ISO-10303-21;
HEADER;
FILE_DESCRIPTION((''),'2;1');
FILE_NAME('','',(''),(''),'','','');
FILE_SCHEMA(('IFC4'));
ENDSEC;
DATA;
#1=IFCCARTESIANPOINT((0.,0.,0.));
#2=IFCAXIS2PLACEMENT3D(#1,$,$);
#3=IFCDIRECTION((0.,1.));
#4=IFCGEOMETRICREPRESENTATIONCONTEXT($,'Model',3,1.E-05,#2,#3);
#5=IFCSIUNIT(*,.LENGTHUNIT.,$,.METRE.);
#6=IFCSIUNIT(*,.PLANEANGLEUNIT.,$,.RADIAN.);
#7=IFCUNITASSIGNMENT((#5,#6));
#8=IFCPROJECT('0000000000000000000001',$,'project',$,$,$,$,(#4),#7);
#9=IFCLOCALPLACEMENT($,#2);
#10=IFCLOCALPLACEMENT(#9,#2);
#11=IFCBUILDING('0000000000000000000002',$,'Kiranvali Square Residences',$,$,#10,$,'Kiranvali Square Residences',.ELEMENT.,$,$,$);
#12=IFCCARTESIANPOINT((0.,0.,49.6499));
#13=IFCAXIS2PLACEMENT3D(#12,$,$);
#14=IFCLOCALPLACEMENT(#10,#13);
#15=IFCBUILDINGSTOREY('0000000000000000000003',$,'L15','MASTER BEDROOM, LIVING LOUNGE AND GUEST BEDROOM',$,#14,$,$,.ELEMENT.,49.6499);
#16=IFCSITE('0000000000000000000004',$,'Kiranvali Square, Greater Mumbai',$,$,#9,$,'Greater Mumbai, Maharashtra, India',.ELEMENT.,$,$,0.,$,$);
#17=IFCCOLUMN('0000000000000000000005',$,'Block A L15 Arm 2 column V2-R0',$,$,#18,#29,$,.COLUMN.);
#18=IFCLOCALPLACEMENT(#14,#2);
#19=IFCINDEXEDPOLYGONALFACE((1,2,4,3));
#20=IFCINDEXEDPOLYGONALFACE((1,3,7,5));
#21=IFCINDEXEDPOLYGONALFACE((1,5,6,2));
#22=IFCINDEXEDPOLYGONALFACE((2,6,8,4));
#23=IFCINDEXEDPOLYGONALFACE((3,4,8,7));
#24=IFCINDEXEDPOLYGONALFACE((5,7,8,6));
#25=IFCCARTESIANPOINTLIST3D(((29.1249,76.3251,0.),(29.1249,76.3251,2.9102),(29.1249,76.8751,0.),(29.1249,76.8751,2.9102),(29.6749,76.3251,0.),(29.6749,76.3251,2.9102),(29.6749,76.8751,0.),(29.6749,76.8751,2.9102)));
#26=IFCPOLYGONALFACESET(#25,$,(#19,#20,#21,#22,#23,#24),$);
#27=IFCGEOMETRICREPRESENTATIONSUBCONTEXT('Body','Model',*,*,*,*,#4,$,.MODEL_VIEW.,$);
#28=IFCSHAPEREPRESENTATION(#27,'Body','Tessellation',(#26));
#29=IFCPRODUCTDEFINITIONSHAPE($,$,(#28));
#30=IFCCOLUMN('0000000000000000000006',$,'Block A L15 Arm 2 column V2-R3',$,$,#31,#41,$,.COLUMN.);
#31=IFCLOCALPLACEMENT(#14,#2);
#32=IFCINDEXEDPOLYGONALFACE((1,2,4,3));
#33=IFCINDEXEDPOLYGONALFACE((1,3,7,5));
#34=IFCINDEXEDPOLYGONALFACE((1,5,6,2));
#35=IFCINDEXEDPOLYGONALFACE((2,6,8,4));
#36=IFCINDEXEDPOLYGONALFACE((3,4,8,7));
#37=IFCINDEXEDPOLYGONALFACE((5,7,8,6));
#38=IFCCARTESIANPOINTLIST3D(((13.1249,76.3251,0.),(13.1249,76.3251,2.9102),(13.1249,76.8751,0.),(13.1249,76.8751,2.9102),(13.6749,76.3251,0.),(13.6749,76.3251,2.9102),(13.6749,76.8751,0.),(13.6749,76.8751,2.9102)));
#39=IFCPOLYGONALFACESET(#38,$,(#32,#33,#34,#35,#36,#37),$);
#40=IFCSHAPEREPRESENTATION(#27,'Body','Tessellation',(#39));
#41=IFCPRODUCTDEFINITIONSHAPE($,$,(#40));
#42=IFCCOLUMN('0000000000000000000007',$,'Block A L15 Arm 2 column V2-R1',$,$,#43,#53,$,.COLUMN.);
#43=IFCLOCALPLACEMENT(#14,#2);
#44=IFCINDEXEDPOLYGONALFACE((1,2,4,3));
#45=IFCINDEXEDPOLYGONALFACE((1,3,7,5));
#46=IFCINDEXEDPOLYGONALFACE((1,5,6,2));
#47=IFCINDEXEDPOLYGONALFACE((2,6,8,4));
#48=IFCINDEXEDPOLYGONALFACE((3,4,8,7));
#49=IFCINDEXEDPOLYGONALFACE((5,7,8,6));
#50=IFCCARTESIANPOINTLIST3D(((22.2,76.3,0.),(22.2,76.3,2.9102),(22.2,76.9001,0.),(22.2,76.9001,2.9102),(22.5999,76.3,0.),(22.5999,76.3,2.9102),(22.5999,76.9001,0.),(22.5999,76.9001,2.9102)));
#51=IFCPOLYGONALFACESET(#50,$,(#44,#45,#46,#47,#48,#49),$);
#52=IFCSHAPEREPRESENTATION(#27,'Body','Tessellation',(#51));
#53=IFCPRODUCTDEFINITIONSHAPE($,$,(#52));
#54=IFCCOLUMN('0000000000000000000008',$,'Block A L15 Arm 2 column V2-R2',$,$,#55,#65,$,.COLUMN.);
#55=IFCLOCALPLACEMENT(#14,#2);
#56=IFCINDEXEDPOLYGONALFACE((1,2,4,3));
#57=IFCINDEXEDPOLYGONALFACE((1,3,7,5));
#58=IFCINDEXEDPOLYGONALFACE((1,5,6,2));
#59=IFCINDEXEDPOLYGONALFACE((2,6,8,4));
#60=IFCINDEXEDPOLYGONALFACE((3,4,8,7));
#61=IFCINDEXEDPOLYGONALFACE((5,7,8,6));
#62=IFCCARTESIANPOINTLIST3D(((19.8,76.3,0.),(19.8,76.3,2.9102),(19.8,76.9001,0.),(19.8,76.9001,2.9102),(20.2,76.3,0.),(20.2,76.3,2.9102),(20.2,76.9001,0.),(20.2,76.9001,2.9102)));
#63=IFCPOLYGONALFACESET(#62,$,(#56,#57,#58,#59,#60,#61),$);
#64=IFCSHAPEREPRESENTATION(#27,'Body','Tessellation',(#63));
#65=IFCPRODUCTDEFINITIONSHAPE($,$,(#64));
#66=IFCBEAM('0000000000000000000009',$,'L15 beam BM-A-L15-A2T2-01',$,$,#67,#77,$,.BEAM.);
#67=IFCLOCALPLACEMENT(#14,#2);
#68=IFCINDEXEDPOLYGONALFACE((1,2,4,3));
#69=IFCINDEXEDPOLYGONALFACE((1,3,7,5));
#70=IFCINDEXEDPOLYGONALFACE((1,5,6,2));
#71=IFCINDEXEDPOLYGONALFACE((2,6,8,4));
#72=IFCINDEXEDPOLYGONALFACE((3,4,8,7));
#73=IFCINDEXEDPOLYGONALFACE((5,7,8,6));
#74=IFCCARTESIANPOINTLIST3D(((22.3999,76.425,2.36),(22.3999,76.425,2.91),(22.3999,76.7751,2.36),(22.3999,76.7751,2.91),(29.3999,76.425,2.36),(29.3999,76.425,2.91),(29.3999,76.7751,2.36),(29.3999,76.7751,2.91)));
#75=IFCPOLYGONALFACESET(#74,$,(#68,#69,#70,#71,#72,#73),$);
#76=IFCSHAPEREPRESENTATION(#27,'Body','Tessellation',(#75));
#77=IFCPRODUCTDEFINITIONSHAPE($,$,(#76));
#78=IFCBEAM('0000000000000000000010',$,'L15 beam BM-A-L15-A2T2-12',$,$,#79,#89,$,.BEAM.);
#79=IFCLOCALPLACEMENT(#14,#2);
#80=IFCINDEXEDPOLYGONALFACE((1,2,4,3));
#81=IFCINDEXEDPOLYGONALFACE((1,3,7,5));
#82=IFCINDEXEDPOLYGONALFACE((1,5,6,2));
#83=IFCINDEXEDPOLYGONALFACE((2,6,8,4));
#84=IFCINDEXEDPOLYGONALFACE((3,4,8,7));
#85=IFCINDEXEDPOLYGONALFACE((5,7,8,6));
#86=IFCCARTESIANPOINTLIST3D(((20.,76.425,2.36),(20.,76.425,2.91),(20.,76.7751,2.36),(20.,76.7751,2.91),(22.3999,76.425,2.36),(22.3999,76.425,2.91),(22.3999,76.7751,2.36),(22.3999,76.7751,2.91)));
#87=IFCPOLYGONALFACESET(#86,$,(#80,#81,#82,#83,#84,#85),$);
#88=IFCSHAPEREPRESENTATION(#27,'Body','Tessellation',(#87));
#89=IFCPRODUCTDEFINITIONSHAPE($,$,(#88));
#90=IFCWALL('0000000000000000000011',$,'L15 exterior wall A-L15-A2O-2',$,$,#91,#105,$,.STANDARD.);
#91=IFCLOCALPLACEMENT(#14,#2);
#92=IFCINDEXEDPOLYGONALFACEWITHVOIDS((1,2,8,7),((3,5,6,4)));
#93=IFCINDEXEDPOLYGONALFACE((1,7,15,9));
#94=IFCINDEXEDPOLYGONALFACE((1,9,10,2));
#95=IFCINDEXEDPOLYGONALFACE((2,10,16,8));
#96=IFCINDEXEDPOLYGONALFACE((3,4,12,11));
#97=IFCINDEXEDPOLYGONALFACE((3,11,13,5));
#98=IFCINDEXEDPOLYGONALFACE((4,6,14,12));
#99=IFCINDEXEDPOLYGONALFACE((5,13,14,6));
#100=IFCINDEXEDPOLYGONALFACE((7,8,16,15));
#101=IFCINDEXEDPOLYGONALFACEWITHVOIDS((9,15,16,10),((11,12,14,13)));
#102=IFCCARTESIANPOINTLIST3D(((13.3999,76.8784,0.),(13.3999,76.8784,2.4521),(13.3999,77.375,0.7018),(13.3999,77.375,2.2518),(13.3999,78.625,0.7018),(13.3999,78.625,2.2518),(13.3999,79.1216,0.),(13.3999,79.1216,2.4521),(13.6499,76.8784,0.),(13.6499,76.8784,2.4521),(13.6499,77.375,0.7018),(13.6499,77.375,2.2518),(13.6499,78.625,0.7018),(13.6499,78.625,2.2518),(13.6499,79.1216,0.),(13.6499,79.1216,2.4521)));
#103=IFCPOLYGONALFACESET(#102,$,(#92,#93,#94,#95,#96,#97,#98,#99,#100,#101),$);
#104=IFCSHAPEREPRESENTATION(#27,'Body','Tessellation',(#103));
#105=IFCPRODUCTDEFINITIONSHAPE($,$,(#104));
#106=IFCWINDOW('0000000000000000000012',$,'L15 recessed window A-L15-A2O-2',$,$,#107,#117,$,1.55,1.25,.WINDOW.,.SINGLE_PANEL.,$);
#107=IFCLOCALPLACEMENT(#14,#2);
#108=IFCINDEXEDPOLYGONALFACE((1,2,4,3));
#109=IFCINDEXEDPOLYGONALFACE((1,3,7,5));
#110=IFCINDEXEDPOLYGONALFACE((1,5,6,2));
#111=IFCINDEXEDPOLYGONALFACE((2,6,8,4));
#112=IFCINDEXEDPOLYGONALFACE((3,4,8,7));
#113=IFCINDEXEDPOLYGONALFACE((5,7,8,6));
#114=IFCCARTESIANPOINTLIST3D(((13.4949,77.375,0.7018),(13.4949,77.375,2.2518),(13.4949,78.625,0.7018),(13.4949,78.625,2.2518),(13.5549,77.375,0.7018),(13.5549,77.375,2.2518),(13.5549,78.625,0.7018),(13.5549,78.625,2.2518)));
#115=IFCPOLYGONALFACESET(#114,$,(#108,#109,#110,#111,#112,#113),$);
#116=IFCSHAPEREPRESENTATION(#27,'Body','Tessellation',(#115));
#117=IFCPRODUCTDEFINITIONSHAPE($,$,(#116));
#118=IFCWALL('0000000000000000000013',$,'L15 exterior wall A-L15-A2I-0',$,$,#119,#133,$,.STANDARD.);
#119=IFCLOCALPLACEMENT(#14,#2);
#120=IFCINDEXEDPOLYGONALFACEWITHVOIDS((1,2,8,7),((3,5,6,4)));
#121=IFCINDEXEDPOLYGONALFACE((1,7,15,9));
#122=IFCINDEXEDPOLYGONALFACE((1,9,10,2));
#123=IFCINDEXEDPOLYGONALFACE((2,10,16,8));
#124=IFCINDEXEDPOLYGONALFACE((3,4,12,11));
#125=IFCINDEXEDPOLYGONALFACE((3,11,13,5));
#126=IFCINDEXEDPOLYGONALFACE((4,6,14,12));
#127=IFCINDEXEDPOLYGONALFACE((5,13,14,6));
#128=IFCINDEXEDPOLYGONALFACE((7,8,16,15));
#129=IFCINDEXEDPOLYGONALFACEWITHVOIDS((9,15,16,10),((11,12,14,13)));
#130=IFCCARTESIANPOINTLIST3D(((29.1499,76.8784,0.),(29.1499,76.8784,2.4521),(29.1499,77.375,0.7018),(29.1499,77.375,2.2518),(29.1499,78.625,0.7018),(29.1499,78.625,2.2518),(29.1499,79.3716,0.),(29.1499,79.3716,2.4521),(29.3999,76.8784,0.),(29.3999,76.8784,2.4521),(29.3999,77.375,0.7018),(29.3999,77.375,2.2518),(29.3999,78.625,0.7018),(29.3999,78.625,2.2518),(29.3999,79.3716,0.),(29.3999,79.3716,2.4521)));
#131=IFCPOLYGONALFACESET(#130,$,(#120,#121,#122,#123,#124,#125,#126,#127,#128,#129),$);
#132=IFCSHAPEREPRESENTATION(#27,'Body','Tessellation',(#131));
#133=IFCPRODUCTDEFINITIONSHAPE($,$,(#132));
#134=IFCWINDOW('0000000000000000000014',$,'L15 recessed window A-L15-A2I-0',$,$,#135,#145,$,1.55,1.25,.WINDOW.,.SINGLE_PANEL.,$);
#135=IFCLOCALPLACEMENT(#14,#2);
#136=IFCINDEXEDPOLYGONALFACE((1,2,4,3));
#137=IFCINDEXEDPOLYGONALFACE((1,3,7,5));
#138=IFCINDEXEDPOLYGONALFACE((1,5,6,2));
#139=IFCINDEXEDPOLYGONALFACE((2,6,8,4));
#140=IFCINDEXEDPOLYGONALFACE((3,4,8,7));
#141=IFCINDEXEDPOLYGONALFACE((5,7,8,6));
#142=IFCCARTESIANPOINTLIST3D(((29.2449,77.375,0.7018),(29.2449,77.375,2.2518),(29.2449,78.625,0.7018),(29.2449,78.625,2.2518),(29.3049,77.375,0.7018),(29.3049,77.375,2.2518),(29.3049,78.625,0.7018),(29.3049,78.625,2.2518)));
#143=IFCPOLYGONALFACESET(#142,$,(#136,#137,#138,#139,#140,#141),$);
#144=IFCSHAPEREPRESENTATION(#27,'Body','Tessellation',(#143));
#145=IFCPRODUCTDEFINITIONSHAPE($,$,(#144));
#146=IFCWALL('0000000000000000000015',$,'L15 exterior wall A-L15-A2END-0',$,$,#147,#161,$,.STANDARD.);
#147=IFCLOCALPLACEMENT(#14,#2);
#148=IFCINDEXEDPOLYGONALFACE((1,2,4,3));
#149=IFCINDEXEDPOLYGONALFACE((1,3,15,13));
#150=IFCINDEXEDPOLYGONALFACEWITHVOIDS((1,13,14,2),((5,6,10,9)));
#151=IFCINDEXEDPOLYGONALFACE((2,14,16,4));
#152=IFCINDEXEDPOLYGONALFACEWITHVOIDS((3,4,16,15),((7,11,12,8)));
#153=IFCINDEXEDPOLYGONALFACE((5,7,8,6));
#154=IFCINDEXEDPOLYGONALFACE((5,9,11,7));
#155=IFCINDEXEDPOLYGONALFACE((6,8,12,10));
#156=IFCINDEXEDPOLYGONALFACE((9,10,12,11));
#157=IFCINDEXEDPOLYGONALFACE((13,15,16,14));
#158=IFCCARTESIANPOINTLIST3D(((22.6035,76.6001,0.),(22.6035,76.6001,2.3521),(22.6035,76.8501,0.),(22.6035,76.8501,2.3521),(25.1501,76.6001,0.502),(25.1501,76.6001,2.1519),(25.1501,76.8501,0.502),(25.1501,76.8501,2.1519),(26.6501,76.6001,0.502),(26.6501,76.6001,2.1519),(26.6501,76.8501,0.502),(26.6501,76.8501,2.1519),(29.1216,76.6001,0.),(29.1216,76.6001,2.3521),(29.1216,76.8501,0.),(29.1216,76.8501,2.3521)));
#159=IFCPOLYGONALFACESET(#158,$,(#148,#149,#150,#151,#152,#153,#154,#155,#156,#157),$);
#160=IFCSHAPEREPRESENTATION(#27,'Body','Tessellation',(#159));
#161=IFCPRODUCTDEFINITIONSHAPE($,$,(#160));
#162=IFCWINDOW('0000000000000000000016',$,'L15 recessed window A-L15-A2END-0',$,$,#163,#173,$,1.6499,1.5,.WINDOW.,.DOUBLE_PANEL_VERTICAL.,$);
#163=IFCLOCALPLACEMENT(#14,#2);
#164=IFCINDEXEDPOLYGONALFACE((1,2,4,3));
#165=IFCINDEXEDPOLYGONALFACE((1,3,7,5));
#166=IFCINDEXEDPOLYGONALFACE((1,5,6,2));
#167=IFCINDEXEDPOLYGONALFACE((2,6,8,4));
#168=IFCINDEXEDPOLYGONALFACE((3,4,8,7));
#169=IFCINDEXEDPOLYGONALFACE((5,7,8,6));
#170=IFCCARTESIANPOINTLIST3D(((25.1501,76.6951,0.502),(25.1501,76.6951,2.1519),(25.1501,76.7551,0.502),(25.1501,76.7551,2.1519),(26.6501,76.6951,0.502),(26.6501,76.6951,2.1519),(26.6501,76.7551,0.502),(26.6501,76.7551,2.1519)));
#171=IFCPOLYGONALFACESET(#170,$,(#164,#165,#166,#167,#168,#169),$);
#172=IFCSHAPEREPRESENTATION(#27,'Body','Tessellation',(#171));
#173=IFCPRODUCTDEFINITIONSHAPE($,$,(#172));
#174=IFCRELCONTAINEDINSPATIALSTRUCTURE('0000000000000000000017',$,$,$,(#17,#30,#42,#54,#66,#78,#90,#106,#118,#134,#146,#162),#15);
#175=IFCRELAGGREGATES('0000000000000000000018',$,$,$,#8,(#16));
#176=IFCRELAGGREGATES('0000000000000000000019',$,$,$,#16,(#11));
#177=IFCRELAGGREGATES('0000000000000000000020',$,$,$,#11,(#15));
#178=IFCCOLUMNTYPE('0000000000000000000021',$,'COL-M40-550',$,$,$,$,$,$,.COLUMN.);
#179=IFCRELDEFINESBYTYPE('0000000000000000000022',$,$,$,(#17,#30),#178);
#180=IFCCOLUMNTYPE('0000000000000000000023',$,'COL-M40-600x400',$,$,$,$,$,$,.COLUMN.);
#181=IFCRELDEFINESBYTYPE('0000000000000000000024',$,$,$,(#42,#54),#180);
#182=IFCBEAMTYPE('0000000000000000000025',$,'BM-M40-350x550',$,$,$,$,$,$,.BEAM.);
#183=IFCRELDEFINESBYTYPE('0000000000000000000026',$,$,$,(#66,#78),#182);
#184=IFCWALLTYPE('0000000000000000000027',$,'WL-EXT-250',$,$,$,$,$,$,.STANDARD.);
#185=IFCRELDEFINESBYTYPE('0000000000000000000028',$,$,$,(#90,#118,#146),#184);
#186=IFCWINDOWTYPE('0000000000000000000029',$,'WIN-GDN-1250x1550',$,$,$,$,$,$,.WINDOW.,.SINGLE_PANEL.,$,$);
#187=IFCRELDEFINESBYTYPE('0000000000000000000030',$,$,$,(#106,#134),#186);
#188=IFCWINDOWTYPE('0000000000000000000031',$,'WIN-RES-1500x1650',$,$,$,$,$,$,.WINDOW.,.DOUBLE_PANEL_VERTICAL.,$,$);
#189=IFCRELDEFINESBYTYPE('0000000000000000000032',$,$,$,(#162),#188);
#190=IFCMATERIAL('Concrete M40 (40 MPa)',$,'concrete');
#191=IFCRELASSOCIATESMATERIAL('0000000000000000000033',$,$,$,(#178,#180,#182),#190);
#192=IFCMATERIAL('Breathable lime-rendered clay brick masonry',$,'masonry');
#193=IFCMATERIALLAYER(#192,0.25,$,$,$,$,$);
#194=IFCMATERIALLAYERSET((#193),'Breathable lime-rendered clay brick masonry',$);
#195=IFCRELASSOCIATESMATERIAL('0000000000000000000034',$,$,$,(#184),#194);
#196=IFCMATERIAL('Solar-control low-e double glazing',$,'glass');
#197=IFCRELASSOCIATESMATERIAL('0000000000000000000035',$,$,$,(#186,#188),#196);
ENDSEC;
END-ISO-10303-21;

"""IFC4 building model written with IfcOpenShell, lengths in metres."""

from ifc_helpers import new_model, si_unit, direction, frame, frame_2d, origin, origin_2d, place, context, subcontext, project, spatial, rectangle, extrude, material, layer, layer_set, material_profile, profile_set, type_object, element, fill, save


model = new_model("IFC4")

# Units and contexts
model_context = context("Model", 3, precision=1e-05, world=origin(), true_north=direction((0.0, 1.0)))
body_context = subcontext(model_context, "Body", "Model", "MODEL_VIEW")
ifc_project = project(units=[si_unit("LENGTHUNIT", "METRE"), si_unit("PLANEANGLEUNIT", "RADIAN")], contexts=[model_context])

# Site, building, storey
site_placement = place(None, origin())
site = spatial("IfcSite", under=ifc_project, at=site_placement, Name="Kiranvali Square, Greater Mumbai", LongName="Greater Mumbai, Maharashtra, India", CompositionType="ELEMENT", RefElevation=0.0)
building_placement = place(site_placement, origin())
building = spatial("IfcBuilding", under=site, at=building_placement, Name="Kiranvali Square Residences", LongName="Kiranvali Square Residences", CompositionType="ELEMENT")
storey_placement = place(building_placement, frame((0.0, 0.0, 49.6499)))
storey = spatial("IfcBuildingStorey", under=building, at=storey_placement, Name="L15", Description="MASTER BEDROOM, LIVING LOUNGE AND GUEST BEDROOM", CompositionType="ELEMENT", Elevation=49.6499)

# Columns
ifc_material_1 = material(Name="Concrete M40 (40 MPa)", Category="concrete")
ifc_material_profile_1 = material_profile(ifc_material_1, rectangle(XDim=0.55, YDim=0.55, at=origin_2d()), Name="RC 550x550")
ifc_profile_set_1 = profile_set([ifc_material_profile_1], Name="Concrete M40 (40 MPa)")
column_type_1 = type_object("IfcColumnType", Name="COL-M40-550", PredefinedType="COLUMN", material=ifc_profile_set_1)
for number, where, z_axis, x_axis, name in (
    (1, (29.3999, 76.6001, 0.0), (0.0, 0.0, 1.0), (1.0, 0.0, 0.0), "Block A L15 Arm 2 column V2-R0"),
    (2, (13.3999, 76.6001, 0.0), (0.0, 0.0, 1.0), (1.0, 0.0, 0.0), "Block A L15 Arm 2 column V2-R3"),
):
    element("IfcColumn", number, at=place(storey_placement, frame(where, z_axis=z_axis, x_axis=x_axis)), inside=storey, type_object=column_type_1, Name=name, PredefinedType="COLUMN", context=body_context, shape_type="SweptSolid", body=[
        extrude(rectangle(XDim=0.55, YDim=0.55, at=origin_2d()), origin(), (0.0, 0.0, 1.0), 2.9102),
    ])
ifc_material_profile_2 = material_profile(ifc_material_1, rectangle(XDim=0.3999, YDim=0.6001, at=origin_2d()), Name="RC 600x400")
ifc_profile_set_2 = profile_set([ifc_material_profile_2], Name="Concrete M40 (40 MPa)")
column_type_2 = type_object("IfcColumnType", Name="COL-M40-600x400", PredefinedType="COLUMN", material=ifc_profile_set_2)
for number, where, z_axis, x_axis, name in (
    (3, (22.3999, 76.6001, 0.0), (0.0, 0.0, 1.0), (1.0, 0.0, 0.0), "Block A L15 Arm 2 column V2-R1"),
    (4, (20.0, 76.6001, 0.0), (0.0, 0.0, 1.0), (1.0, 0.0, 0.0), "Block A L15 Arm 2 column V2-R2"),
):
    element("IfcColumn", number, at=place(storey_placement, frame(where, z_axis=z_axis, x_axis=x_axis)), inside=storey, type_object=column_type_2, Name=name, PredefinedType="COLUMN", context=body_context, shape_type="SweptSolid", body=[
        extrude(rectangle(XDim=0.3999, YDim=0.6001, at=origin_2d()), origin(), (0.0, 0.0, 1.0), 2.9102),
    ])

# Beams
ifc_material_profile_3 = material_profile(ifc_material_1, rectangle(XDim=0.3501, YDim=0.55, at=origin_2d()), Name="RC 350x550")
ifc_profile_set_3 = profile_set([ifc_material_profile_3], Name="Concrete M40 (40 MPa)")
beam_type = type_object("IfcBeamType", Name="BM-M40-350x550", PredefinedType="BEAM", material=ifc_profile_set_3)
beam_1_placement = place(storey_placement, frame((29.3999, 76.6001, 2.635), z_axis=(-1.0, 0.0, 0.0), x_axis=(0.0, -1.0, 0.0)))
element("IfcBeam", 5, at=beam_1_placement, inside=storey, type_object=beam_type, Name="L15 beam BM-A-L15-A2T2-01", PredefinedType="BEAM", context=body_context, shape_type="SweptSolid", body=[
    extrude(rectangle(XDim=0.3501, YDim=0.55, at=origin_2d()), origin(), (0.0, 0.0, 1.0), 7.0),
])
beam_2_placement = place(storey_placement, frame((22.3999, 76.6001, 2.635), z_axis=(-1.0, 0.0, 0.0), x_axis=(0.0, -1.0, 0.0)))
element("IfcBeam", 6, at=beam_2_placement, inside=storey, type_object=beam_type, Name="L15 beam BM-A-L15-A2T2-12", PredefinedType="BEAM", context=body_context, shape_type="SweptSolid", body=[
    extrude(rectangle(XDim=0.3501, YDim=0.55, at=origin_2d()), origin(), (0.0, 0.0, 1.0), 2.3999),
])

# Walls, openings, windows
ifc_material_2 = material(Name="Breathable lime-rendered clay brick masonry", Category="masonry")
ifc_layer_1 = layer(ifc_material_2, 0.25)
ifc_layer_set_1 = layer_set([ifc_layer_1], Name="Breathable lime-rendered clay brick masonry")
wall_type_1 = type_object("IfcWallType", Name="WL-EXT-250", PredefinedType="STANDARD", material=ifc_layer_set_1)
wall_1_placement = place(storey_placement, frame((13.5249, 79.1216, 0.0), z_axis=(0.0, 0.0, 1.0), x_axis=(0.0, -1.0, 0.0)))
wall_1 = element("IfcWall", 7, at=wall_1_placement, inside=storey, type_object=wall_type_1, Name="L15 exterior wall A-L15-A2O-2", PredefinedType="STANDARD", context=body_context, shape_type="SweptSolid", body=[
    extrude(rectangle(XDim=2.2432, YDim=0.25, at=frame_2d((1.1216, 0.0))), origin(), (0.0, 0.0, 1.0), 2.4521),
])
opening_1_placement = place(wall_1_placement, frame((0.4966, 0.0, 0.7019)))
opening_1 = element("IfcOpeningElement", 8, at=opening_1_placement, cuts=wall_1, PredefinedType="OPENING", context=body_context, shape_type="SweptSolid", body=[
    extrude(rectangle(XDim=1.25, YDim=1.55, at=frame_2d((0.625, 0.7749))), frame((0.0, 0.135, 0.0), z_axis=(0.0, -1.0, 0.0), x_axis=(1.0, 0.0, 0.0)), (0.0, 0.0, 1.0), 0.27),
])
ifc_material_3 = material(Name="Solar-control low-e double glazing", Category="glass")
window_type_1 = type_object("IfcWindowType", Name="WIN-GDN-1250x1550", PartitioningType="SINGLE_PANEL", PredefinedType="WINDOW", material=ifc_material_3)
window_1_placement = place(opening_1_placement, origin())
window_1 = element("IfcWindow", 9, at=window_1_placement, inside=storey, type_object=window_type_1, Name="L15 recessed window A-L15-A2O-2", OverallHeight=1.55, OverallWidth=1.25, PartitioningType="SINGLE_PANEL", PredefinedType="WINDOW", context=body_context, shape_type="SweptSolid", body=[
    extrude(rectangle(XDim=1.25, YDim=1.55, at=frame_2d((0.625, 0.7749))), frame((0.0, 0.03, 0.0), z_axis=(0.0, -1.0, 0.0), x_axis=(1.0, 0.0, 0.0)), (0.0, 0.0, 1.0), 0.0601),
])
fill(opening_1, window_1)
wall_2_placement = place(storey_placement, frame((29.2749, 79.3716, 0.0), z_axis=(0.0, 0.0, 1.0), x_axis=(0.0, -1.0, 0.0)))
wall_2 = element("IfcWall", 10, at=wall_2_placement, inside=storey, type_object=wall_type_1, Name="L15 exterior wall A-L15-A2I-0", PredefinedType="STANDARD", context=body_context, shape_type="SweptSolid", body=[
    extrude(rectangle(XDim=2.4932, YDim=0.25, at=frame_2d((1.2466, 0.0))), origin(), (0.0, 0.0, 1.0), 2.4521),
])
opening_2_placement = place(wall_2_placement, frame((0.7466, 0.0, 0.7019)))
opening_2 = element("IfcOpeningElement", 11, at=opening_2_placement, cuts=wall_2, PredefinedType="OPENING", context=body_context, shape_type="SweptSolid", body=[
    extrude(rectangle(XDim=1.25, YDim=1.55, at=frame_2d((0.625, 0.7749))), frame((0.0, 0.135, 0.0), z_axis=(0.0, -1.0, 0.0), x_axis=(1.0, 0.0, 0.0)), (0.0, 0.0, 1.0), 0.27),
])
window_2_placement = place(opening_2_placement, origin())
window_2 = element("IfcWindow", 12, at=window_2_placement, inside=storey, type_object=window_type_1, Name="L15 recessed window A-L15-A2I-0", OverallHeight=1.55, OverallWidth=1.25, PartitioningType="SINGLE_PANEL", PredefinedType="WINDOW", context=body_context, shape_type="SweptSolid", body=[
    extrude(rectangle(XDim=1.25, YDim=1.55, at=frame_2d((0.625, 0.7749))), frame((0.0, 0.03, 0.0), z_axis=(0.0, -1.0, 0.0), x_axis=(1.0, 0.0, 0.0)), (0.0, 0.0, 1.0), 0.0601),
])
fill(opening_2, window_2)
wall_3_placement = place(storey_placement, frame((29.1216, 76.7251, 0.0), z_axis=(0.0, 0.0, 1.0), x_axis=(-1.0, 0.0, 0.0)))
wall_3 = element("IfcWall", 13, at=wall_3_placement, inside=storey, type_object=wall_type_1, Name="L15 exterior wall A-L15-A2END-0", PredefinedType="STANDARD", context=body_context, shape_type="SweptSolid", body=[
    extrude(rectangle(XDim=6.5181, YDim=0.25, at=frame_2d((3.259, 0.0))), origin(), (0.0, 0.0, 1.0), 2.3521),
])
opening_3_placement = place(wall_3_placement, frame((2.4714, 0.0, 0.502)))
opening_3 = element("IfcOpeningElement", 14, at=opening_3_placement, cuts=wall_3, PredefinedType="OPENING", context=body_context, shape_type="SweptSolid", body=[
    extrude(rectangle(XDim=1.5, YDim=1.6499, at=frame_2d((0.75, 0.825))), frame((0.0, 0.135, 0.0), z_axis=(0.0, -1.0, 0.0), x_axis=(1.0, 0.0, 0.0)), (0.0, 0.0, 1.0), 0.27),
])
window_type_2 = type_object("IfcWindowType", Name="WIN-RES-1500x1650", PartitioningType="DOUBLE_PANEL_VERTICAL", PredefinedType="WINDOW", material=ifc_material_3)
window_3_placement = place(opening_3_placement, origin())
window_3 = element("IfcWindow", 15, at=window_3_placement, inside=storey, type_object=window_type_2, Name="L15 recessed window A-L15-A2END-0", OverallHeight=1.6499, OverallWidth=1.5, PartitioningType="DOUBLE_PANEL_VERTICAL", PredefinedType="WINDOW", context=body_context, shape_type="SweptSolid", body=[
    extrude(rectangle(XDim=1.5, YDim=1.6499, at=frame_2d((0.75, 0.825))), frame((0.0, 0.03, 0.0), z_axis=(0.0, -1.0, 0.0), x_axis=(1.0, 0.0, 0.0)), (0.0, 0.0, 1.0), 0.0601),
])
fill(opening_3, window_3)

save(model, "model.ifc")
